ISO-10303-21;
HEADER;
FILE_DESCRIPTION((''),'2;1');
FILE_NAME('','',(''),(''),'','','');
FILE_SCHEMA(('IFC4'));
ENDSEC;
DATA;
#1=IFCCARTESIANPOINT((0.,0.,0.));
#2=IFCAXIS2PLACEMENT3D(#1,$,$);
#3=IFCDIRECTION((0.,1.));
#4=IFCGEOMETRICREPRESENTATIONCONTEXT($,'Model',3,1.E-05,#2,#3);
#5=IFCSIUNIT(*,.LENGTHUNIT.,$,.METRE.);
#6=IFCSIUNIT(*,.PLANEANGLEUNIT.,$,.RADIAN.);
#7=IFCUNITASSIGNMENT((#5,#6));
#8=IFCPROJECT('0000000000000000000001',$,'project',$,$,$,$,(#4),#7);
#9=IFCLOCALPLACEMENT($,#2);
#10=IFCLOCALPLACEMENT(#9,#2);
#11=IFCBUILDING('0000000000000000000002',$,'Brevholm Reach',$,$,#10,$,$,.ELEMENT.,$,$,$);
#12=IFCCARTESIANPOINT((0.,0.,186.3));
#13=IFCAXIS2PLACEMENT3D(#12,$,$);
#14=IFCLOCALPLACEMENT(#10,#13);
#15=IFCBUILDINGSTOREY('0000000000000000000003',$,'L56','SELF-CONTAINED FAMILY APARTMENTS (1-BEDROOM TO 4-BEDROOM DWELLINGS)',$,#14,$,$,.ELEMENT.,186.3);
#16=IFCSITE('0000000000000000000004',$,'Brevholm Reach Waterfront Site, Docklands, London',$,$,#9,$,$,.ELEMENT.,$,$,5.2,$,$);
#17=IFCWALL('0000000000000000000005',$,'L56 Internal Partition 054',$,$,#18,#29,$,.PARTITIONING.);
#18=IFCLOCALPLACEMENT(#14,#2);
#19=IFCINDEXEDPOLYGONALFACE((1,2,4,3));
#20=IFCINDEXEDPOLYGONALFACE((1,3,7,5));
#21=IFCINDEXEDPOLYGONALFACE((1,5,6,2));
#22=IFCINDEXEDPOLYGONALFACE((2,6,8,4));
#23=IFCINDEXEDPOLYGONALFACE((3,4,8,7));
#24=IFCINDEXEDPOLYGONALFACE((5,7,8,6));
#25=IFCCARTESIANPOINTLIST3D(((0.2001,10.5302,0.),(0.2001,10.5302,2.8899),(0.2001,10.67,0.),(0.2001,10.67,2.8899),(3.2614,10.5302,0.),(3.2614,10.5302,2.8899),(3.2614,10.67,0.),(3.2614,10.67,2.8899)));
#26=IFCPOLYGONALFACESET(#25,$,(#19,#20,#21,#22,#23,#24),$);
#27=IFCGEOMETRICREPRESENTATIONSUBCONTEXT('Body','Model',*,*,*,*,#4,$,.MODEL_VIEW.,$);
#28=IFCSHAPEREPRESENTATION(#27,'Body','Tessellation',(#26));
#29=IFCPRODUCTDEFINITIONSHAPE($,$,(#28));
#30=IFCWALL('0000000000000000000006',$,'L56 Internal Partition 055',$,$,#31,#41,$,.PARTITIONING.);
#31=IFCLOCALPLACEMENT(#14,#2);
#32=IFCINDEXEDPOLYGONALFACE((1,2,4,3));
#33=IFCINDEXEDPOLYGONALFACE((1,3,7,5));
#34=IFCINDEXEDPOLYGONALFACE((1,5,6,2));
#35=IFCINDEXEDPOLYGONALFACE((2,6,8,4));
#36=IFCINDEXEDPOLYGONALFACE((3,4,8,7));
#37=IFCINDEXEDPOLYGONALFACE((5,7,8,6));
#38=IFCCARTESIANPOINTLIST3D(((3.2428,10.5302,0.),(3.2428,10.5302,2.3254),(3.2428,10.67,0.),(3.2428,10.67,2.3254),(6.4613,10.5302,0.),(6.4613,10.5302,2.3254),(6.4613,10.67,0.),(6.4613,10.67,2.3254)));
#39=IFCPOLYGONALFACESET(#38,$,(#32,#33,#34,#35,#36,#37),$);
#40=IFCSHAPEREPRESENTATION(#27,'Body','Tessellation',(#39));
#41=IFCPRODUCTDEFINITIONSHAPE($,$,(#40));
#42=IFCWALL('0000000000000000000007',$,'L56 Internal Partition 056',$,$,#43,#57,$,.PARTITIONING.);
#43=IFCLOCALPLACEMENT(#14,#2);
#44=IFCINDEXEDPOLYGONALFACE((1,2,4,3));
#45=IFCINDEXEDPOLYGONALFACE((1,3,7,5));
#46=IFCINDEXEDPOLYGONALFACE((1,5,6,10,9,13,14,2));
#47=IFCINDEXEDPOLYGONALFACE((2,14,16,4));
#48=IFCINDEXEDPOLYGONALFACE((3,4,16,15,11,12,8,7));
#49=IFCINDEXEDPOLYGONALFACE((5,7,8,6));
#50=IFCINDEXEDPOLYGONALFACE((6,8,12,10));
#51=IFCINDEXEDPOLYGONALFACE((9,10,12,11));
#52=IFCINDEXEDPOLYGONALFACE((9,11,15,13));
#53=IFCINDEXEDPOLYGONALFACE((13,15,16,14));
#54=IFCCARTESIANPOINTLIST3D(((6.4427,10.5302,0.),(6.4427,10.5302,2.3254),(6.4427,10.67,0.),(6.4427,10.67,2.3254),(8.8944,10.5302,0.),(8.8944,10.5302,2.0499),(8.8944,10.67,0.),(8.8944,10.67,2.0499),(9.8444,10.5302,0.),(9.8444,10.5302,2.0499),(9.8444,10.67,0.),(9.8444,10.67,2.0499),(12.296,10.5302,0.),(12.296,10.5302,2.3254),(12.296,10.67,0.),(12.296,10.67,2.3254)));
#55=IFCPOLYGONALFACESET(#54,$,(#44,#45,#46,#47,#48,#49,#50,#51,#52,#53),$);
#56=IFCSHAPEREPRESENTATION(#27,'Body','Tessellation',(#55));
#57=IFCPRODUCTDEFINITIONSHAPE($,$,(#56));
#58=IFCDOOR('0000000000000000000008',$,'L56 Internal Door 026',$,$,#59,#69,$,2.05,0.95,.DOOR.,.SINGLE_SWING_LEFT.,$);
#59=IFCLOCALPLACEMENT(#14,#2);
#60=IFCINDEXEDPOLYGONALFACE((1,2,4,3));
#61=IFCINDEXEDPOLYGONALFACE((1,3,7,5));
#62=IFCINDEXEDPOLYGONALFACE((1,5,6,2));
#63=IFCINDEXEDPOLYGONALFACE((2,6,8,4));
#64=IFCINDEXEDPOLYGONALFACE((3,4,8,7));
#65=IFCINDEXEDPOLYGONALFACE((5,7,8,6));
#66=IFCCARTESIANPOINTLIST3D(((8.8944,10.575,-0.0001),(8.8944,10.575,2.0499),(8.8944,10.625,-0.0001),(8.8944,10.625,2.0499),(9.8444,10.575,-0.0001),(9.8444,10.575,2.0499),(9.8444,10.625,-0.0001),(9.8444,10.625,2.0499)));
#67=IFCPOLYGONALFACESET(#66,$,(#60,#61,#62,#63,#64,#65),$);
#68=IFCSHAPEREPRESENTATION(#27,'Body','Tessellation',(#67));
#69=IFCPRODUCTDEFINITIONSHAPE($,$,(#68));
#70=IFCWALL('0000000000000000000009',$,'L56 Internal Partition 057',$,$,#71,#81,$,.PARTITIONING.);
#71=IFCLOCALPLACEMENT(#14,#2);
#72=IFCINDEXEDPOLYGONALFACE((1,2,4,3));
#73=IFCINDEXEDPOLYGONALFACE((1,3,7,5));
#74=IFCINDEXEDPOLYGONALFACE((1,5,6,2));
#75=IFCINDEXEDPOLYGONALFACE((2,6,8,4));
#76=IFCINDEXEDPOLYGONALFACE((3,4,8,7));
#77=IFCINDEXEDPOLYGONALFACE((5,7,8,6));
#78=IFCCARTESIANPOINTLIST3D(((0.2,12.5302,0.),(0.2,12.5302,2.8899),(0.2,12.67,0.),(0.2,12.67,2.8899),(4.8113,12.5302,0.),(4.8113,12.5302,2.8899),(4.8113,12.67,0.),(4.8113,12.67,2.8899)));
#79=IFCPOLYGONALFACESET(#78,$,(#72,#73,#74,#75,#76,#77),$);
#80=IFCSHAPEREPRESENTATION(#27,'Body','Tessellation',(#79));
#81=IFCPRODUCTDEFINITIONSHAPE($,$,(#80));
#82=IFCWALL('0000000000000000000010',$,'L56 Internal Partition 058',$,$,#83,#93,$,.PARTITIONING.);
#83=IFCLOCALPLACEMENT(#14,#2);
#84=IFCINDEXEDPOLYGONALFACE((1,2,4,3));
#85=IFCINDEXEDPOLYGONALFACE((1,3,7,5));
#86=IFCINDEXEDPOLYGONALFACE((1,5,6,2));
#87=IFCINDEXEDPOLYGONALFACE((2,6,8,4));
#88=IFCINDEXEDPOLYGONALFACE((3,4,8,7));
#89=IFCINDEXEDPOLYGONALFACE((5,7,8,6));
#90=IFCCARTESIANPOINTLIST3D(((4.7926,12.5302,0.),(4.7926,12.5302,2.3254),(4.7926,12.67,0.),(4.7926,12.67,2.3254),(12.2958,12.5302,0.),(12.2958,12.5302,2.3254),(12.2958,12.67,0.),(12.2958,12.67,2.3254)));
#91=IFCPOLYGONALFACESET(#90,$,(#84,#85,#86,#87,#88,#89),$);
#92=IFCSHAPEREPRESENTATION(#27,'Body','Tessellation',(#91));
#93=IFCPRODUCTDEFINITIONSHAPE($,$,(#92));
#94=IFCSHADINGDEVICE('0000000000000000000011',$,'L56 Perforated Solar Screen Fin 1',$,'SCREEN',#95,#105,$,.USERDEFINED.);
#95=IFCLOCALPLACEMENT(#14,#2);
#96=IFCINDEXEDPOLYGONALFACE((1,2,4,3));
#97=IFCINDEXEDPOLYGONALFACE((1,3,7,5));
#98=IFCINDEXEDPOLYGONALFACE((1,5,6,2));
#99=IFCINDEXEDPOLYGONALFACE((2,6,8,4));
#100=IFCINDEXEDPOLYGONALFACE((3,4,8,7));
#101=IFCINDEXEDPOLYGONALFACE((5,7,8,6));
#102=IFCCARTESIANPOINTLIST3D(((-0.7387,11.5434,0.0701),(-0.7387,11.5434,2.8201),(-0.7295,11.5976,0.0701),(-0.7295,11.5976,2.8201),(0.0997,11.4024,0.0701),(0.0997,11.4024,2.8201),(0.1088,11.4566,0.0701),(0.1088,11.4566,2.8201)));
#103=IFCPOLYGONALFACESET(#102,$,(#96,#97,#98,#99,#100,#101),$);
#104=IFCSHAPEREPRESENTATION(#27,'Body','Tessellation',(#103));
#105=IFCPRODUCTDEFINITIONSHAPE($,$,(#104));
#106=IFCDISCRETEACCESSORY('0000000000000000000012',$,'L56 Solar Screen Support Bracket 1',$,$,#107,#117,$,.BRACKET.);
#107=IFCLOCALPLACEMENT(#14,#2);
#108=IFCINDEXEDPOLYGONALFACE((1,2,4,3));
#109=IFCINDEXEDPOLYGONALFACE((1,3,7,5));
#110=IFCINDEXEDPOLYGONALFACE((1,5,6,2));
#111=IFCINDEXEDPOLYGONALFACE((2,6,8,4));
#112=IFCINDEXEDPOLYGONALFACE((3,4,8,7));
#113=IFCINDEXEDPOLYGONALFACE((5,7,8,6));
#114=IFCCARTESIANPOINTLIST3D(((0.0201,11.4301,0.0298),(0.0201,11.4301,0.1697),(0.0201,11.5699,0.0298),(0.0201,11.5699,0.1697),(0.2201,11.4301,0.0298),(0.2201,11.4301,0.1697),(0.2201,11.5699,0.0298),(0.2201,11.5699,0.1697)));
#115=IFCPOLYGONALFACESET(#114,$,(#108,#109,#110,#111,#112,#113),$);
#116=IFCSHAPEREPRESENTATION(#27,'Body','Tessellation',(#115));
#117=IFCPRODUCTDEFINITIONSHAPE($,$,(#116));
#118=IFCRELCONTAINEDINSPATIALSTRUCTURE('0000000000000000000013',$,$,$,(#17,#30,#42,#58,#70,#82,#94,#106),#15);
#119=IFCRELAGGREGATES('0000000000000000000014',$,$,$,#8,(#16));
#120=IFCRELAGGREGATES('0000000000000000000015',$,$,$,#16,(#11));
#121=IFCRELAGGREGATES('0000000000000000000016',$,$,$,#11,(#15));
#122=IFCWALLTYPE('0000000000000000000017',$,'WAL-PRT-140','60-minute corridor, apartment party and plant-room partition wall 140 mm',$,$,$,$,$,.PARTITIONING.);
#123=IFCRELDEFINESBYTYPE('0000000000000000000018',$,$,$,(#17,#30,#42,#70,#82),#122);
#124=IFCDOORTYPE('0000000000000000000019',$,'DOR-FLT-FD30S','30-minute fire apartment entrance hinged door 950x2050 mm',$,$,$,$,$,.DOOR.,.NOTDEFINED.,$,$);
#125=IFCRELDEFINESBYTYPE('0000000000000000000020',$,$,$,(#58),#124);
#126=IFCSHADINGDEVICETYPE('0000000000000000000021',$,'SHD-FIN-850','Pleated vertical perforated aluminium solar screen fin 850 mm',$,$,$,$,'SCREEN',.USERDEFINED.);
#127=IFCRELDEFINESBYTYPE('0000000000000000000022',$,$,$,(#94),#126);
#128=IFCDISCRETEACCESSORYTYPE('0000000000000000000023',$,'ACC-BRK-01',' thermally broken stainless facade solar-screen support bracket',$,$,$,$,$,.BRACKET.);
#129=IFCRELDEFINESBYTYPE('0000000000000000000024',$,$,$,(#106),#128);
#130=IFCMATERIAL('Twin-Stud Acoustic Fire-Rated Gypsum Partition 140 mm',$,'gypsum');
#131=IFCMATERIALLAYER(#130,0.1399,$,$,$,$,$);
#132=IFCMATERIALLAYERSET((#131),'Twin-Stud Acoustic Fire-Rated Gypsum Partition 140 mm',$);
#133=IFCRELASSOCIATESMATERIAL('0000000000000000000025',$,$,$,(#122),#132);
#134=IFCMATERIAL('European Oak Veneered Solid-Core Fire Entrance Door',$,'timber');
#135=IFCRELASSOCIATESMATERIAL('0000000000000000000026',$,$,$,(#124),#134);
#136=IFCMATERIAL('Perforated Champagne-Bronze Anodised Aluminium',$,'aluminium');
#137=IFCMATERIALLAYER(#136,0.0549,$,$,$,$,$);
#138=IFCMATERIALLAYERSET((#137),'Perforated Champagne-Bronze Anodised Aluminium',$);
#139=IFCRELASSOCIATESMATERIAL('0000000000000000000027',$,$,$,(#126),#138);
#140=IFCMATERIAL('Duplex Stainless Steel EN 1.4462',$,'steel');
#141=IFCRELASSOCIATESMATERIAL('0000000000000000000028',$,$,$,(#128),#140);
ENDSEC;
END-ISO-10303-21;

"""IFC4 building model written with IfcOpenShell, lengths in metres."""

from ifc_helpers import new_model, si_unit, direction, frame, frame_2d, origin, origin_2d, place, context, subcontext, project, spatial, rectangle, extrude, material, layer, layer_set, type_object, element, fill, save


model = new_model("IFC4")

# Units and contexts
model_context = context("Model", 3, precision=1e-05, world=origin(), true_north=direction((0.0, 1.0)))
body_context = subcontext(model_context, "Body", "Model", "MODEL_VIEW")
ifc_project = project(units=[si_unit("LENGTHUNIT", "METRE"), si_unit("PLANEANGLEUNIT", "RADIAN")], contexts=[model_context])

# Site, building, storey
site_placement = place(None, origin())
site = spatial("IfcSite", under=ifc_project, at=site_placement, Name="Brevholm Reach Waterfront Site, Docklands, London", CompositionType="ELEMENT", RefElevation=5.2)
building_placement = place(site_placement, origin())
building = spatial("IfcBuilding", under=site, at=building_placement, Name="Brevholm Reach", CompositionType="ELEMENT")
storey_placement = place(building_placement, frame((0.0, 0.0, 186.3)))
storey = spatial("IfcBuildingStorey", under=building, at=storey_placement, Name="L56", Description="SELF-CONTAINED FAMILY APARTMENTS (1-BEDROOM TO 4-BEDROOM DWELLINGS)", CompositionType="ELEMENT", Elevation=186.3)

# Walls
ifc_material_1 = material(Name="Twin-Stud Acoustic Fire-Rated Gypsum Partition 140 mm", Category="gypsum")
ifc_layer_1 = layer(ifc_material_1, 0.1399)
ifc_layer_set_1 = layer_set([ifc_layer_1], Name="Twin-Stud Acoustic Fire-Rated Gypsum Partition 140 mm")
wall_type_1 = type_object("IfcWallType", Name="WAL-PRT-140", Description="60-minute corridor, apartment party and plant-room partition wall 140 mm", PredefinedType="PARTITIONING", material=ifc_layer_set_1)
wall_1_placement = place(storey_placement, frame((0.2, 10.6001, 0.0), z_axis=(0.0, 0.0, 1.0), x_axis=(1.0, 0.0, 0.0)))
element("IfcWall", 1, at=wall_1_placement, inside=storey, type_object=wall_type_1, Name="L56 Internal Partition 054", PredefinedType="PARTITIONING", context=body_context, shape_type="SweptSolid", body=[
    extrude(rectangle(XDim=3.0613, YDim=0.1399, at=frame_2d((1.5308, 0.0))), origin(), (0.0, 0.0, 1.0), 2.8899),
])
wall_2_placement = place(storey_placement, frame((3.2427, 10.6001, 0.0), z_axis=(0.0, 0.0, 1.0), x_axis=(1.0, 0.0, 0.0)))
element("IfcWall", 2, at=wall_2_placement, inside=storey, type_object=wall_type_1, Name="L56 Internal Partition 055", PredefinedType="PARTITIONING", context=body_context, shape_type="SweptSolid", body=[
    extrude(rectangle(XDim=3.2185, YDim=0.1399, at=frame_2d((1.6094, 0.0))), origin(), (0.0, 0.0, 1.0), 2.3254),
])

# Wall, opening, door
wall_3_placement = place(storey_placement, frame((6.4426, 10.6001, 0.0), z_axis=(0.0, 0.0, 1.0), x_axis=(1.0, 0.0, 0.0)))
wall_3 = element("IfcWall", 3, at=wall_3_placement, inside=storey, type_object=wall_type_1, Name="L56 Internal Partition 056", PredefinedType="PARTITIONING", context=body_context, shape_type="SweptSolid", body=[
    extrude(rectangle(XDim=5.8533, YDim=0.1399, at=frame_2d((2.9268, 0.0))), origin(), (0.0, 0.0, 1.0), 2.3254),
])
opening_1_placement = place(wall_3_placement, frame((2.4517, 0.0, 0.0)))
opening_1 = element("IfcOpeningElement", 4, at=opening_1_placement, cuts=wall_3, PredefinedType="OPENING", context=body_context, shape_type="SweptSolid", body=[
    extrude(rectangle(XDim=0.95, YDim=2.05, at=frame_2d((0.4751, 1.0249))), frame((0.0, 0.0798, 0.0), z_axis=(0.0, -1.0, 0.0), x_axis=(1.0, 0.0, 0.0)), (0.0, 0.0, 1.0), 0.1599),
])
ifc_material_2 = material(Name="European Oak Veneered Solid-Core Fire Entrance Door", Category="timber")
door_type_1 = type_object("IfcDoorType", Name="DOR-FLT-FD30S", Description="30-minute fire apartment entrance hinged door 950x2050 mm", OperationType="NOTDEFINED", PredefinedType="DOOR", material=ifc_material_2)
door_1_placement = place(opening_1_placement, origin())
door_1 = element("IfcDoor", 5, at=door_1_placement, inside=storey, type_object=door_type_1, Name="L56 Internal Door 026", OperationType="SINGLE_SWING_LEFT", OverallHeight=2.05, OverallWidth=0.95, PredefinedType="DOOR", context=body_context, shape_type="SweptSolid", body=[
    extrude(rectangle(XDim=0.95, YDim=2.05, at=frame_2d((0.4751, 1.0249))), frame((0.0, 0.0249, 0.0), z_axis=(0.0, -1.0, 0.0), x_axis=(1.0, 0.0, 0.0)), (0.0, 0.0, 1.0), 0.05),
])
fill(opening_1, door_1)

# Walls
wall_4_placement = place(storey_placement, frame((0.2, 12.6001, 0.0), z_axis=(0.0, 0.0, 1.0), x_axis=(1.0, 0.0, 0.0)))
element("IfcWall", 6, at=wall_4_placement, inside=storey, type_object=wall_type_1, Name="L56 Internal Partition 057", PredefinedType="PARTITIONING", context=body_context, shape_type="SweptSolid", body=[
    extrude(rectangle(XDim=4.6113, YDim=0.1399, at=frame_2d((2.3057, 0.0))), origin(), (0.0, 0.0, 1.0), 2.8899),
])
wall_5_placement = place(storey_placement, frame((4.7927, 12.6001, 0.0), z_axis=(0.0, 0.0, 1.0), x_axis=(1.0, 0.0, 0.0)))
element("IfcWall", 7, at=wall_5_placement, inside=storey, type_object=wall_type_1, Name="L56 Internal Partition 058", PredefinedType="PARTITIONING", context=body_context, shape_type="SweptSolid", body=[
    extrude(rectangle(XDim=7.5032, YDim=0.1399, at=frame_2d((3.7515, 0.0))), origin(), (0.0, 0.0, 1.0), 2.3254),
])

# Shading device
ifc_material_3 = material(Name="Perforated Champagne-Bronze Anodised Aluminium", Category="aluminium")
ifc_layer_2 = layer(ifc_material_3, 0.0549)
ifc_layer_set_2 = layer_set([ifc_layer_2], Name="Perforated Champagne-Bronze Anodised Aluminium")
shading_device_type = type_object("IfcShadingDeviceType", Name="SHD-FIN-850", Description="Pleated vertical perforated aluminium solar screen fin 850 mm", ElementType="SCREEN", PredefinedType="USERDEFINED", material=ifc_layer_set_2)
shading_device_placement = place(storey_placement, frame((-0.3149, 11.5, 0.0701), z_axis=(0.0, 0.0, 1.0), x_axis=(-0.98615, 0.165857, 0.0)))
element("IfcShadingDevice", 8, at=shading_device_placement, inside=storey, type_object=shading_device_type, Name="L56 Perforated Solar Screen Fin 1", ObjectType="SCREEN", PredefinedType="USERDEFINED", context=body_context, shape_type="SweptSolid", body=[
    extrude(rectangle(XDim=0.8501, YDim=0.0549, at=origin_2d()), origin(), (0.0, 0.0, 1.0), 2.75),
])

# Discrete accessory
ifc_material_4 = material(Name="Duplex Stainless Steel EN 1.4462", Category="steel")
discrete_accessory_type = type_object("IfcDiscreteAccessoryType", Name="ACC-BRK-01", Description=" thermally broken stainless facade solar-screen support bracket", PredefinedType="BRACKET", material=ifc_material_4)
discrete_accessory_placement = place(storey_placement, frame((0.1201, 11.5, 0.0298), z_axis=(0.0, 0.0, 1.0), x_axis=(-1.0, 0.0, 0.0)))
element("IfcDiscreteAccessory", 9, at=discrete_accessory_placement, inside=storey, type_object=discrete_accessory_type, Name="L56 Solar Screen Support Bracket 1", PredefinedType="BRACKET", context=body_context, shape_type="SweptSolid", body=[
    extrude(rectangle(XDim=0.2, YDim=0.1399, at=origin_2d()), origin(), (0.0, 0.0, 1.0), 0.1399),
])

save(model, "model.ifc")
